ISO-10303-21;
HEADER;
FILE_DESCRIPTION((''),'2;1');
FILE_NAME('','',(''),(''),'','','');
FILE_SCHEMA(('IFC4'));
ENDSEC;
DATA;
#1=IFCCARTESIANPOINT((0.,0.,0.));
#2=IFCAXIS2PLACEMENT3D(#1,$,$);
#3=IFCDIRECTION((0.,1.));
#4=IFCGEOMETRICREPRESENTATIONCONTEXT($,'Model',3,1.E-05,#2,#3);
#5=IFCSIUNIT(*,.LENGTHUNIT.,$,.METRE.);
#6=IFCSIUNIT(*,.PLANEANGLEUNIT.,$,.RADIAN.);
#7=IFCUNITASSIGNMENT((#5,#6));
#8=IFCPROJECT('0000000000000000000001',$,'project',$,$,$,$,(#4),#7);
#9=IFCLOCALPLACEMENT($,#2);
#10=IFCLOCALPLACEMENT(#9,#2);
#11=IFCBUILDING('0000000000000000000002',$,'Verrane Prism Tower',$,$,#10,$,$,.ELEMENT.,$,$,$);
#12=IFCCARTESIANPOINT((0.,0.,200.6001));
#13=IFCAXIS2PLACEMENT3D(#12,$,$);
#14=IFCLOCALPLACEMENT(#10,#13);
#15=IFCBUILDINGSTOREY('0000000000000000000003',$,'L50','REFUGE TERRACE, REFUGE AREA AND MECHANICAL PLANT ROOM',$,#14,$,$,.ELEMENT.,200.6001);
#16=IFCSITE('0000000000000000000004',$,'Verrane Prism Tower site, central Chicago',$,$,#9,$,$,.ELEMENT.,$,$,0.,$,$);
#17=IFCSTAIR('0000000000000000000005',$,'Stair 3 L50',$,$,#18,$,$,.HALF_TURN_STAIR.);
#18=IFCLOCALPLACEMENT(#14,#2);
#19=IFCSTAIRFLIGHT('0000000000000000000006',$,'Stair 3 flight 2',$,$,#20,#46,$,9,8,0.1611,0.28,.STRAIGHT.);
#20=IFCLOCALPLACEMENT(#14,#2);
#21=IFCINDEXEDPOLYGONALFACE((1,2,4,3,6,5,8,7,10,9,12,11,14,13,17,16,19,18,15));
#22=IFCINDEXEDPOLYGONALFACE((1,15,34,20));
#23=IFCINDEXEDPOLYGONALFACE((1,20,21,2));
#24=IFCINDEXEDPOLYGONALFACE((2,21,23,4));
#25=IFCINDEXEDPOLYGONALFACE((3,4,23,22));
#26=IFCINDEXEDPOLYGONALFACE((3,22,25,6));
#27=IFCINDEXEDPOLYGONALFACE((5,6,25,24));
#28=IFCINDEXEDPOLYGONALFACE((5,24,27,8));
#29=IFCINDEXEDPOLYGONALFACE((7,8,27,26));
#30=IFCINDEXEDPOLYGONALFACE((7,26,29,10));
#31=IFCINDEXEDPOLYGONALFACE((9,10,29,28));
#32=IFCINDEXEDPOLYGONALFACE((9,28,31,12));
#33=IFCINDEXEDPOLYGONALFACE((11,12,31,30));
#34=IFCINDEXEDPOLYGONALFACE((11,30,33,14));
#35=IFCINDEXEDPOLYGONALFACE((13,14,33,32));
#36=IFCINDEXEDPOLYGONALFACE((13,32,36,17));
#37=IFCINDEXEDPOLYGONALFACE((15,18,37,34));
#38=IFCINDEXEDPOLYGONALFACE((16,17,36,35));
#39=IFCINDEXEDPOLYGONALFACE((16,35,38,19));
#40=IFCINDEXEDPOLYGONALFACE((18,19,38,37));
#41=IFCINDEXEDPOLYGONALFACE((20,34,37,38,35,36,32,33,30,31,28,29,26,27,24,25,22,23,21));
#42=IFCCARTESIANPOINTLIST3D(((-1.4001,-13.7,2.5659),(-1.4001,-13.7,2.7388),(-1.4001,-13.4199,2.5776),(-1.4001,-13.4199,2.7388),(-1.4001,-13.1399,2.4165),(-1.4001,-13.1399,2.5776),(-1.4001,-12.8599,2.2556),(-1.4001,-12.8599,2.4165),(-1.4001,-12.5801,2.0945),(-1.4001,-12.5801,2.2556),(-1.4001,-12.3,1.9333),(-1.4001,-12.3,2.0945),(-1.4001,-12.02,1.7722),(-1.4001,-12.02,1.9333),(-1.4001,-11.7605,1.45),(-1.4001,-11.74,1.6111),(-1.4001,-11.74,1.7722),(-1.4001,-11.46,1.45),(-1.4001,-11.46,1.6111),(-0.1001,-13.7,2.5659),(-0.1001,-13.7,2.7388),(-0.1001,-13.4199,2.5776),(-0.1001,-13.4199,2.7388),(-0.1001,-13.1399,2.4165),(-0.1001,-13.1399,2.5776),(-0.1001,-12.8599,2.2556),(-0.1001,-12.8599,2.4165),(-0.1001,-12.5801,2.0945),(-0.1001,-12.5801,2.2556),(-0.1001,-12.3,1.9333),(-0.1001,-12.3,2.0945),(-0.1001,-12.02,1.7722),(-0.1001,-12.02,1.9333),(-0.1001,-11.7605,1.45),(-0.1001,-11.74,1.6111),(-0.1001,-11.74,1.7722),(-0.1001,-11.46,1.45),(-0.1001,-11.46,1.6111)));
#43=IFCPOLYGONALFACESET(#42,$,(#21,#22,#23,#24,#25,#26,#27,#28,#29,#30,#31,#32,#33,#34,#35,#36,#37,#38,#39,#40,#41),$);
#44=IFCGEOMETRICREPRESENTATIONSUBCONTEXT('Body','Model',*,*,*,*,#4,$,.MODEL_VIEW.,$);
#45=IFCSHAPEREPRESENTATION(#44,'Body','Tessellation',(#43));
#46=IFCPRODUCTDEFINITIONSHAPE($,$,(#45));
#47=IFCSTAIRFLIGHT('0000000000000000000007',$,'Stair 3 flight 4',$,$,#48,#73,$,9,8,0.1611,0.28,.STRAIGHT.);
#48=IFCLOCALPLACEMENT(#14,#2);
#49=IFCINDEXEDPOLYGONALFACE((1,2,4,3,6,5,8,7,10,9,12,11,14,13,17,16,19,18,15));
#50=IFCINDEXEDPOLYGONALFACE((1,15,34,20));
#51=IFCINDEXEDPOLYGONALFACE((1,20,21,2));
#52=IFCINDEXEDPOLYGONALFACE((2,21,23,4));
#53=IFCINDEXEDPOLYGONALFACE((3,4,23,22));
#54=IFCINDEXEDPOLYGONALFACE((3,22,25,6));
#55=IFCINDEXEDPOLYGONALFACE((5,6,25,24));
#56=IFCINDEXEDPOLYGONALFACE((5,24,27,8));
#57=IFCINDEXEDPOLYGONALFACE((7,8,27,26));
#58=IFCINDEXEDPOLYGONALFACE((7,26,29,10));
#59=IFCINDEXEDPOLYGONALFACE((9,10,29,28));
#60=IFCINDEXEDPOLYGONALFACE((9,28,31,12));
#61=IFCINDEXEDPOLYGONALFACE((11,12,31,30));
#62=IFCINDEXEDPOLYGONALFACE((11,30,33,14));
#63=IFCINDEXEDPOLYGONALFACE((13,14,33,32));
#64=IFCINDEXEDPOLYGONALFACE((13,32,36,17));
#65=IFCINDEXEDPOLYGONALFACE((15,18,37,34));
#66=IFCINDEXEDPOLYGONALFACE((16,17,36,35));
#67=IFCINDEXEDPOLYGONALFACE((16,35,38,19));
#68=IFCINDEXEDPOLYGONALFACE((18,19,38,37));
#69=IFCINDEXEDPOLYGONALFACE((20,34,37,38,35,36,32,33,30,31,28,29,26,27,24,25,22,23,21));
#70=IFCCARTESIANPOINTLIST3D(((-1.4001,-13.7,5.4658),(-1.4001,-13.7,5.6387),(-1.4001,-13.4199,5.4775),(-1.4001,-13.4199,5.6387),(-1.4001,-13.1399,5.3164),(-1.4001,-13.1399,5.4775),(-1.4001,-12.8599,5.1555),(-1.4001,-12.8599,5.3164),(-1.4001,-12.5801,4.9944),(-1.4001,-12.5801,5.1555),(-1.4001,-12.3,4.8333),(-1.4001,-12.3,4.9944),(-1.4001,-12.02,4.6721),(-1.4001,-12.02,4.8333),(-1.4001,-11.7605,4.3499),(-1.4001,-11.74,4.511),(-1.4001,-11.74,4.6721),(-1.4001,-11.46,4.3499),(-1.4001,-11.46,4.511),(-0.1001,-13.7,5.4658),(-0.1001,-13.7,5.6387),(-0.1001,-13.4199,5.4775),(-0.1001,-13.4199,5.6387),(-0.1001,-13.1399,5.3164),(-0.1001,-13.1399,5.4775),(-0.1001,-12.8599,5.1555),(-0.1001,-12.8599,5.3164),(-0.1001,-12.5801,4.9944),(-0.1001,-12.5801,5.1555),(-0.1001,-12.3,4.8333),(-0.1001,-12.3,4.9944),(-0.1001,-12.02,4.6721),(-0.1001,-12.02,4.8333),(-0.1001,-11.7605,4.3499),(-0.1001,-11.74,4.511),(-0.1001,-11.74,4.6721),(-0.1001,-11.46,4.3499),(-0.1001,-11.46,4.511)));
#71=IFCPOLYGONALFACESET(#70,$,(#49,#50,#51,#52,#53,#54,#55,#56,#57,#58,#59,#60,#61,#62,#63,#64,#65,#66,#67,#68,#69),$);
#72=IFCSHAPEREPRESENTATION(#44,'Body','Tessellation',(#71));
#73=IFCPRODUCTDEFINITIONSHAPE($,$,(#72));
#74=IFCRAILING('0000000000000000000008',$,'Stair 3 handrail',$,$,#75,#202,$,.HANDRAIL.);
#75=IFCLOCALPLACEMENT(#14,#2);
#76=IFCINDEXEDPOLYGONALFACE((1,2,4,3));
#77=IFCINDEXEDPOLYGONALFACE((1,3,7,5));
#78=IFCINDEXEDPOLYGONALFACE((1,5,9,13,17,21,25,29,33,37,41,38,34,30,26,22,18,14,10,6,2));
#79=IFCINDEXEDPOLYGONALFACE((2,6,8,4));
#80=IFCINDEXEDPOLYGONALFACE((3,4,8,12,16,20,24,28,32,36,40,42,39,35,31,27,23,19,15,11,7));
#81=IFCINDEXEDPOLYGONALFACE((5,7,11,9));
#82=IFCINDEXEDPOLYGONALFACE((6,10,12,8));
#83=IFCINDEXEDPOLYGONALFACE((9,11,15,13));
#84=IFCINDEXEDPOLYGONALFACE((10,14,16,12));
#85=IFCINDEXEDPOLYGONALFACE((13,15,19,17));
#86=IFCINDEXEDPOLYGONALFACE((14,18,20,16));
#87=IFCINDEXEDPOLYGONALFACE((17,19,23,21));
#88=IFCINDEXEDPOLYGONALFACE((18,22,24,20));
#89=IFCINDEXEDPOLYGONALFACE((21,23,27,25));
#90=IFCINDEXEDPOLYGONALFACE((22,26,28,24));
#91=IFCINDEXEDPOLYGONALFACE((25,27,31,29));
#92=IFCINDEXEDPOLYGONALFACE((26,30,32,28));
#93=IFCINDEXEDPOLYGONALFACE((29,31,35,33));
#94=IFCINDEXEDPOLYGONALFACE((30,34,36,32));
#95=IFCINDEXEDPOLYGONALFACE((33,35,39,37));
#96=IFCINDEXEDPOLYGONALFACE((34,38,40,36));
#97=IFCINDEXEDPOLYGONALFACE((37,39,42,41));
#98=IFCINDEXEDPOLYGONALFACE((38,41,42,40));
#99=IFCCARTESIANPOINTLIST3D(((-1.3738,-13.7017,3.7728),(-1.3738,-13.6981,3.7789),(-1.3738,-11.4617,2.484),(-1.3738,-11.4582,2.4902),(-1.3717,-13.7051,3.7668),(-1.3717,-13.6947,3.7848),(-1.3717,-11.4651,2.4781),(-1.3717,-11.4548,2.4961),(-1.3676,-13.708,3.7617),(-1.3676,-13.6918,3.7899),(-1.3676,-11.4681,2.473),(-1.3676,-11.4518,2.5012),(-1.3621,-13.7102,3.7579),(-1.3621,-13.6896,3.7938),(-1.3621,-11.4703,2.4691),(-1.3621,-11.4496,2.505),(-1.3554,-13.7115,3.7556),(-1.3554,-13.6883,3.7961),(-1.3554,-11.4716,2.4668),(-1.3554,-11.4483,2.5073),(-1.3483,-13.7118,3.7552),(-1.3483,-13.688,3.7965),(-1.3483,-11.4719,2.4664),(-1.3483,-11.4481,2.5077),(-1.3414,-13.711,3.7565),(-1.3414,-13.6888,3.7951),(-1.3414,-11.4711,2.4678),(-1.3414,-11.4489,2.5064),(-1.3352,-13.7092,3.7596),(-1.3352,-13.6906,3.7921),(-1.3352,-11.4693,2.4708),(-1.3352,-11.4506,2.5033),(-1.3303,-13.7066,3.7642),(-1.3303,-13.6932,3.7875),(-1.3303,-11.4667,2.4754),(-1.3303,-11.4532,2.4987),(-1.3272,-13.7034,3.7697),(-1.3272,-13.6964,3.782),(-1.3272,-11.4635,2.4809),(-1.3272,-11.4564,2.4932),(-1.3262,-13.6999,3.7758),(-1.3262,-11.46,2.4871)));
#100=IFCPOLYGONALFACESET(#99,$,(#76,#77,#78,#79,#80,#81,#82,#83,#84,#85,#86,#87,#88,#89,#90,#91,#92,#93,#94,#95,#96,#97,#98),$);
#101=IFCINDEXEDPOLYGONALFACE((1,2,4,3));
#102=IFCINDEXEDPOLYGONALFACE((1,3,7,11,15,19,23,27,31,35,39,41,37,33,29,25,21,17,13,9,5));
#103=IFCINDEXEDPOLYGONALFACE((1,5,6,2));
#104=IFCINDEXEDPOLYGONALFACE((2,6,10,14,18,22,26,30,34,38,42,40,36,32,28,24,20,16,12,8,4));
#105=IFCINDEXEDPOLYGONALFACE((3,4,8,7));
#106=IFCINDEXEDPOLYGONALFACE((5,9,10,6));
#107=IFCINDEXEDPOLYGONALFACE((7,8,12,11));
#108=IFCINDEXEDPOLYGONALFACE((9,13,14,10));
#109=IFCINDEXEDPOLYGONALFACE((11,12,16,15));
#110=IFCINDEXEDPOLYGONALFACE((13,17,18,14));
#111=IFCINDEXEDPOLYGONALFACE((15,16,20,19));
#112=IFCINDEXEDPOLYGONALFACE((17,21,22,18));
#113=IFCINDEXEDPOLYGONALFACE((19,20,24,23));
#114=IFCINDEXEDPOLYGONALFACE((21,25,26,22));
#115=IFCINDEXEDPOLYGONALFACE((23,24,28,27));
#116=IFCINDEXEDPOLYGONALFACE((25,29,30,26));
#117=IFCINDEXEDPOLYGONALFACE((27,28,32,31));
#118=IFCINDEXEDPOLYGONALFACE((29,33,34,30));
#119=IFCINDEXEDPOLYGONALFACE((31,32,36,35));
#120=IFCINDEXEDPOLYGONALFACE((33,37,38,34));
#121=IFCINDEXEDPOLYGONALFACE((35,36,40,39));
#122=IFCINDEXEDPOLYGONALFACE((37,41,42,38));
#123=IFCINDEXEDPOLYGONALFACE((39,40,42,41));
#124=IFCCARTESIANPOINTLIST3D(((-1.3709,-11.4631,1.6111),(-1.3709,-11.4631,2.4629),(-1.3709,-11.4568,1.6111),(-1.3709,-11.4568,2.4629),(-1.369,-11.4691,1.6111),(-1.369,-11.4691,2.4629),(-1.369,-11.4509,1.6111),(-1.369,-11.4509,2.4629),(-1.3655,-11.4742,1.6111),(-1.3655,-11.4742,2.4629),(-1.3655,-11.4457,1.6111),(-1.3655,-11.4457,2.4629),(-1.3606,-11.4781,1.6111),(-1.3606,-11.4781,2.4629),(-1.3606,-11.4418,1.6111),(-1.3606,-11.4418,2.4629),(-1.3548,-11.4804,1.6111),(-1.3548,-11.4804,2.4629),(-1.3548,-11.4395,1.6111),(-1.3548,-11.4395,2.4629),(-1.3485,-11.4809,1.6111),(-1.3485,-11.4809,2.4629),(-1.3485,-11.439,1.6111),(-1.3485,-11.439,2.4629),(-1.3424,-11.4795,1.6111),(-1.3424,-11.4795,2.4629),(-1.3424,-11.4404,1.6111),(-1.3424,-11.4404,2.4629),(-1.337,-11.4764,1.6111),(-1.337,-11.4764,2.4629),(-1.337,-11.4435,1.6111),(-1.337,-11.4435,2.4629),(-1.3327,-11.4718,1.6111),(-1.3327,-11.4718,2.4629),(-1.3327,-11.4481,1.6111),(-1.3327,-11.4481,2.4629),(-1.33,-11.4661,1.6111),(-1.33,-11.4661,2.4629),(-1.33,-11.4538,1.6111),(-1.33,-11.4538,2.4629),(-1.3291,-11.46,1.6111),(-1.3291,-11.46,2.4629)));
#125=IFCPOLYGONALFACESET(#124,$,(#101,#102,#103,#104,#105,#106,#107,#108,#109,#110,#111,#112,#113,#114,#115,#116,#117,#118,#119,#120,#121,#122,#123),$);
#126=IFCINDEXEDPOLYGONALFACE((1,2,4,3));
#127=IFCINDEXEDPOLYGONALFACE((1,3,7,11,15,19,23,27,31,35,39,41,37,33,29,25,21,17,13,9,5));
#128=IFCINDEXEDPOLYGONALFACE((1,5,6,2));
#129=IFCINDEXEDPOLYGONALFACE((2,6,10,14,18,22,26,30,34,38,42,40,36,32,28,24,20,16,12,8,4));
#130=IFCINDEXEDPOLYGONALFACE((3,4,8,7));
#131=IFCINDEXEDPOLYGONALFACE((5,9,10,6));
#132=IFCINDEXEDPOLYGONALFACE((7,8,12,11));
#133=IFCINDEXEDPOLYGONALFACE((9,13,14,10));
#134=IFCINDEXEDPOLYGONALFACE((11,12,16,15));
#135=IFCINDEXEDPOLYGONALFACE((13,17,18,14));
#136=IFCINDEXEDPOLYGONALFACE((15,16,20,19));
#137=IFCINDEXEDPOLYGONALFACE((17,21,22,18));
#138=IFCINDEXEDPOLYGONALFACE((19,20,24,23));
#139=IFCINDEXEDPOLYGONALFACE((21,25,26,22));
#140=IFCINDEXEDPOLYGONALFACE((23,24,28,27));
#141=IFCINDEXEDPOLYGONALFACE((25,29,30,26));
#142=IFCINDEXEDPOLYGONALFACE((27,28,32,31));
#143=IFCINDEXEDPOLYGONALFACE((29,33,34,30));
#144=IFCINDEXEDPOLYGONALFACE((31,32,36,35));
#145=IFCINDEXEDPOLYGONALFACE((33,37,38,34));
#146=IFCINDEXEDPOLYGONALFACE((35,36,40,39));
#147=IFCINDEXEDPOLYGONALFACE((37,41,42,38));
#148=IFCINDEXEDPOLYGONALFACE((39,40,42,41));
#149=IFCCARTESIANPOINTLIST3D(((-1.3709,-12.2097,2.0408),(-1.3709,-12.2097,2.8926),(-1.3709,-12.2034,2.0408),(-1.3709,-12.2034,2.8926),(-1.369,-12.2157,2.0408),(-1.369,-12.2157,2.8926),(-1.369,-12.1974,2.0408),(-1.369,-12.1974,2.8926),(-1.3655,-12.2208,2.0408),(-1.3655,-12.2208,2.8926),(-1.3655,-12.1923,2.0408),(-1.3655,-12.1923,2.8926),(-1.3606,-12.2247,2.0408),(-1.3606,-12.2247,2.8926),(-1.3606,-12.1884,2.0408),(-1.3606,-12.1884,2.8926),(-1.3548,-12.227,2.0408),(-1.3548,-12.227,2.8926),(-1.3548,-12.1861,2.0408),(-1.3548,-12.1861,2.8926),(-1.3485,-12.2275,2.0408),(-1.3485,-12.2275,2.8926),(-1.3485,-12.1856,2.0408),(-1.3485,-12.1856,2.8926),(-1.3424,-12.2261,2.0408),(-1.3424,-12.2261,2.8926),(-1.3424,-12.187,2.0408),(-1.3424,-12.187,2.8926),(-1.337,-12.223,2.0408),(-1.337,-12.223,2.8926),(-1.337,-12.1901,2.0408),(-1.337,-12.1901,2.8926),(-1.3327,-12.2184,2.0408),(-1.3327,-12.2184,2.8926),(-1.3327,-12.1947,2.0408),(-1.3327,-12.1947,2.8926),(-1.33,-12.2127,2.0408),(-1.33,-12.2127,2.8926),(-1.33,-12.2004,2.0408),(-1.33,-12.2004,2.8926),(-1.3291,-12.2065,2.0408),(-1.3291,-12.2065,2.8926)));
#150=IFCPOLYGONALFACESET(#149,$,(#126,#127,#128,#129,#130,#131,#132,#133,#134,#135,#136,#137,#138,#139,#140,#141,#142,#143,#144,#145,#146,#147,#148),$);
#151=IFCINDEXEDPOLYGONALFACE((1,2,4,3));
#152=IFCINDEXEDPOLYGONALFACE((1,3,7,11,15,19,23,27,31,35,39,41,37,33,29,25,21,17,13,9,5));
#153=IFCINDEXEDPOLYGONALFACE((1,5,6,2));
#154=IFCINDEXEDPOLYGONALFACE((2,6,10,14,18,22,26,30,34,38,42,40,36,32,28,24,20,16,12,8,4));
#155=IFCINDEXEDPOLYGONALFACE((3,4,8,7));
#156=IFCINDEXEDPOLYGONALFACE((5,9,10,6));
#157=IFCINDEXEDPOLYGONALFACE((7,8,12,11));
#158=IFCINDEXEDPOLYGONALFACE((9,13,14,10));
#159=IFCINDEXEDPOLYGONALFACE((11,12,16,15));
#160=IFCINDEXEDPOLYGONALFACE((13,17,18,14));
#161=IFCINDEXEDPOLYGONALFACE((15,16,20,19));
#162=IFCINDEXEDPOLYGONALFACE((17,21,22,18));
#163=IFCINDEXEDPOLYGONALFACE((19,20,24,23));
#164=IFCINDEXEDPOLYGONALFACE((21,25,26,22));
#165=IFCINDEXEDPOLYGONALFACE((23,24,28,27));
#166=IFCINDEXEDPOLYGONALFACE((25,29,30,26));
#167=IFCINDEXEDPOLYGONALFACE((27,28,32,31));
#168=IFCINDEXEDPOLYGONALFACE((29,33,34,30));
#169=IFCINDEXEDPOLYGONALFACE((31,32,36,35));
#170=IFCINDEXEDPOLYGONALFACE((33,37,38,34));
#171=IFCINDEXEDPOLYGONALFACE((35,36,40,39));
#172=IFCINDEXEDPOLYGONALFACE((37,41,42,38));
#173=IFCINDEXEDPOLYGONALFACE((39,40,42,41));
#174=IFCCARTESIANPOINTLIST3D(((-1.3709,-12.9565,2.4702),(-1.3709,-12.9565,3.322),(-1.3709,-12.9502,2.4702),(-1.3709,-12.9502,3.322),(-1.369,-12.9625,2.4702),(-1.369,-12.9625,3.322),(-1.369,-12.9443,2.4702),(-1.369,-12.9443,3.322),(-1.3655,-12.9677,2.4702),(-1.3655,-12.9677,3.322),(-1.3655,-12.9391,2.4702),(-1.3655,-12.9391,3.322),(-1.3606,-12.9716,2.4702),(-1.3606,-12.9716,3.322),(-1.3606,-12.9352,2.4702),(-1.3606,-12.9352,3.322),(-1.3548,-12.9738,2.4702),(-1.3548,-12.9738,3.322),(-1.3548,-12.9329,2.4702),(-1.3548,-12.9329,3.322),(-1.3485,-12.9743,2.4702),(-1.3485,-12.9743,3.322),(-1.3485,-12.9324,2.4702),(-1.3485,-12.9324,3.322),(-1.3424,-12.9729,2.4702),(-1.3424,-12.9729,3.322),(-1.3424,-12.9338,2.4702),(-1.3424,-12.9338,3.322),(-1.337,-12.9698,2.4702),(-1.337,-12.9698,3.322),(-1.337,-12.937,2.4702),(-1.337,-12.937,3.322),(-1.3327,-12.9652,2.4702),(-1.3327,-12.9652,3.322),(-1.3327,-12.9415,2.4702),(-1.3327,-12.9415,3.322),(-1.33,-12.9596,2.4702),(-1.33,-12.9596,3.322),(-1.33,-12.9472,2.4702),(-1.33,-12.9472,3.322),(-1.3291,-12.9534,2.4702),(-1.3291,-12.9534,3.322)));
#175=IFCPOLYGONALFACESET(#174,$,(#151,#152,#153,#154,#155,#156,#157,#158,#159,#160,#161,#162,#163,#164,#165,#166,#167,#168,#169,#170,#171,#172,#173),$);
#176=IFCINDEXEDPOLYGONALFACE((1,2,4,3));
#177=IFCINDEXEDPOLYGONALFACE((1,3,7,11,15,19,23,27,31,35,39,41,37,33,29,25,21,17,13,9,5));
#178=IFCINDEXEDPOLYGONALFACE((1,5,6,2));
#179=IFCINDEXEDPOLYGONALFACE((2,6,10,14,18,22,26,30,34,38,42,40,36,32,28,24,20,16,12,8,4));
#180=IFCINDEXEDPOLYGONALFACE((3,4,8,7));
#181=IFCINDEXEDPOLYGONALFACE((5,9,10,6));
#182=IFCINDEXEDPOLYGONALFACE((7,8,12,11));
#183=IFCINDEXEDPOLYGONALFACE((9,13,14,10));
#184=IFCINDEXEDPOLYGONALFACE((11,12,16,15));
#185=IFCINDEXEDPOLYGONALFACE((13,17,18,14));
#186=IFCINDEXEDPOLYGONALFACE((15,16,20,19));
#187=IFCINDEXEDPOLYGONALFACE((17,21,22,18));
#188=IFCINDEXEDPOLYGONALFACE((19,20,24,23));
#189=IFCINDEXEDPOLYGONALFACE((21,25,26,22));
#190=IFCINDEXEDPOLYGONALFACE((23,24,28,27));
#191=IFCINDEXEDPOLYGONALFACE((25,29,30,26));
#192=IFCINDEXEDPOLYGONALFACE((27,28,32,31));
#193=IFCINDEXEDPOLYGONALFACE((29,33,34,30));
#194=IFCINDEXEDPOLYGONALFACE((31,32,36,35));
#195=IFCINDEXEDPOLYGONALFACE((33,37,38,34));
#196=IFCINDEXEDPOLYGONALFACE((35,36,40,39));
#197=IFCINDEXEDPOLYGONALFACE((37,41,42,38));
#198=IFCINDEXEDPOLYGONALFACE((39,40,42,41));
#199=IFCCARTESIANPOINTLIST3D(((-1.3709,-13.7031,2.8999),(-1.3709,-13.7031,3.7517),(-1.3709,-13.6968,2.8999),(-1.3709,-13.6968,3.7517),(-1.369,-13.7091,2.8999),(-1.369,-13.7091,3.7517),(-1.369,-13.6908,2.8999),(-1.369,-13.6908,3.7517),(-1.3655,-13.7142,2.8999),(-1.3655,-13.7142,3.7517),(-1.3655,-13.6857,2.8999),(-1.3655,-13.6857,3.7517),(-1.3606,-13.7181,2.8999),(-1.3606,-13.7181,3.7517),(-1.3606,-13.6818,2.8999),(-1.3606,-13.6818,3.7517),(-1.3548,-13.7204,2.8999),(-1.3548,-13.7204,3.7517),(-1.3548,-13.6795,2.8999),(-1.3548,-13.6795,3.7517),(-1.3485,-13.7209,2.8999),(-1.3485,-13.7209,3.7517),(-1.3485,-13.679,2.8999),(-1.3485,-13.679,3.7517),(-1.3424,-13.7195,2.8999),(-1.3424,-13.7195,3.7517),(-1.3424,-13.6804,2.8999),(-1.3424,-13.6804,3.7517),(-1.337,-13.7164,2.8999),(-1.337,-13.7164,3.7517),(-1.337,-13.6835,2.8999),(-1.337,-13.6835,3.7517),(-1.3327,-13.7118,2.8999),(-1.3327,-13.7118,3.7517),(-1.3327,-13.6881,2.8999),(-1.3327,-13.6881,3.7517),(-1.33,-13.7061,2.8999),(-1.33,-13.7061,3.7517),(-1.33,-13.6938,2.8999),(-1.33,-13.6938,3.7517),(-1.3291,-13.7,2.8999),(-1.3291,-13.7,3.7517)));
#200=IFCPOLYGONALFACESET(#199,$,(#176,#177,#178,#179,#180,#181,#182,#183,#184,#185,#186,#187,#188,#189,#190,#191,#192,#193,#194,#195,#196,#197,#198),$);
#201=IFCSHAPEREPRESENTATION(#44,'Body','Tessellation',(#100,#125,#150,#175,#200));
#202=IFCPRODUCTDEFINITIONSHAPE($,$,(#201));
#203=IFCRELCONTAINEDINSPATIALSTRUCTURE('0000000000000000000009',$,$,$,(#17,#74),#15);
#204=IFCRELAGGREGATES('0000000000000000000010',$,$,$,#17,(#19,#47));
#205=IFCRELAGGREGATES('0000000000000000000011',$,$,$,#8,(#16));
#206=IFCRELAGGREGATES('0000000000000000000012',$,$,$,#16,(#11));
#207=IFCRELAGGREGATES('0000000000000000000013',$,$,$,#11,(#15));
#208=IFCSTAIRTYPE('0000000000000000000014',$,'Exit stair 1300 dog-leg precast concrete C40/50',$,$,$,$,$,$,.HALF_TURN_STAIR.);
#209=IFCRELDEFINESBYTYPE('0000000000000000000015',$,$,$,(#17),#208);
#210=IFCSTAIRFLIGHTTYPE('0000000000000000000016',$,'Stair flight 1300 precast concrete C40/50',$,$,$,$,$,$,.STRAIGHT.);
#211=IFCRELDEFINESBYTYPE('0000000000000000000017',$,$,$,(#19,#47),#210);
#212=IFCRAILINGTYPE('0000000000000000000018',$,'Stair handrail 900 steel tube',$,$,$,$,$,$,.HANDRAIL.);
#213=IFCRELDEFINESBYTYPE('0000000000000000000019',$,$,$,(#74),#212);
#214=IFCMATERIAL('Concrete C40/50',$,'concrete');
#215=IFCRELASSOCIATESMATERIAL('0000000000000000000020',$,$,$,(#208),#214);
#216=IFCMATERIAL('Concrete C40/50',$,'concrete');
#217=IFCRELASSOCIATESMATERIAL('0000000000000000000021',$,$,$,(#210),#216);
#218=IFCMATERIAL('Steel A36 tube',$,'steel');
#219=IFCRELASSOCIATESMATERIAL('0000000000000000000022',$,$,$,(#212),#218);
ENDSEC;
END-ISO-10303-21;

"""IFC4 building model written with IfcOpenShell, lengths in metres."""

from ifc_helpers import new_model, si_unit, direction, frame, origin, origin_2d, place, context, subcontext, project, spatial, polyline, circle, outline, extrude, material, type_object, element, aggregate, save


model = new_model("IFC4")

# Units and contexts
model_context = context("Model", 3, precision=1e-05, world=origin(), true_north=direction((0.0, 1.0)))
body_context = subcontext(model_context, "Body", "Model", "MODEL_VIEW")
ifc_project = project(units=[si_unit("LENGTHUNIT", "METRE"), si_unit("PLANEANGLEUNIT", "RADIAN")], contexts=[model_context])

# Site, building, storey
site_placement = place(None, origin())
site = spatial("IfcSite", under=ifc_project, at=site_placement, Name="Verrane Prism Tower site, central Chicago", CompositionType="ELEMENT", RefElevation=0.0)
building_placement = place(site_placement, origin())
building = spatial("IfcBuilding", under=site, at=building_placement, Name="Verrane Prism Tower", CompositionType="ELEMENT")
storey_placement = place(building_placement, frame((0.0, 0.0, 200.6001)))
storey = spatial("IfcBuildingStorey", under=building, at=storey_placement, Name="L50", Description="REFUGE TERRACE, REFUGE AREA AND MECHANICAL PLANT ROOM", CompositionType="ELEMENT", Elevation=200.6001)

# Stair, stair flights
ifc_material_1 = material(Name="Concrete C40/50", Category="concrete")
stair_type = type_object("IfcStairType", Name="Exit stair 1300 dog-leg precast concrete C40/50", PredefinedType="HALF_TURN_STAIR", material=ifc_material_1)
stair_placement = place(storey_placement, origin())
stair = element("IfcStair", 1, at=stair_placement, inside=storey, type_object=stair_type, Name="Stair 3 L50", PredefinedType="HALF_TURN_STAIR")
ifc_material_2 = material(Name="Concrete C40/50", Category="concrete")
stair_flight_type = type_object("IfcStairFlightType", Name="Stair flight 1300 precast concrete C40/50", PredefinedType="STRAIGHT", material=ifc_material_2)
stair_flight_1_placement = place(storey_placement, frame((-0.75, -11.46, 1.45), z_axis=(0.0, 0.0, 1.0), x_axis=(0.0, -1.0, 0.0)))
stair_flight_1 = element("IfcStairFlight", 2, at=stair_flight_1_placement, type_object=stair_flight_type, Name="Stair 3 flight 2", NumberOfRisers=9, NumberOfTreads=8, PredefinedType="STRAIGHT", RiserHeight=0.1611, TreadLength=0.28, context=body_context, shape_type="SweptSolid", body=[
    extrude(outline(polyline([(0.0, 0.0), (0.0, 0.1611), (0.28, 0.1611), (0.28, 0.3223), (0.5601, 0.3223), (0.5601, 0.4834), (0.8401, 0.4834), (0.8401, 0.6445), (1.1201, 0.6445), (1.1201, 0.8057), (1.3999, 0.8057), (1.3999, 0.9666), (1.6799, 0.9666), (1.6799, 1.1277), (1.96, 1.1277), (1.96, 1.2888), (2.24, 1.2888), (2.24, 1.45), (2.24, 1.116), (0.3005, 0.0), (0.0, 0.0)])), frame((0.0, 0.6499, 0.0), z_axis=(0.0, -1.0, 0.0), x_axis=(1.0, 0.0, 0.0)), (0.0, 0.0, 1.0), 1.3),
])
stair_flight_2_placement = place(storey_placement, frame((-0.75, -11.46, 4.3499), z_axis=(0.0, 0.0, 1.0), x_axis=(0.0, -1.0, 0.0)))
stair_flight_2 = element("IfcStairFlight", 3, at=stair_flight_2_placement, type_object=stair_flight_type, Name="Stair 3 flight 4", NumberOfRisers=9, NumberOfTreads=8, PredefinedType="STRAIGHT", RiserHeight=0.1611, TreadLength=0.28, context=body_context, shape_type="SweptSolid", body=[
    extrude(outline(polyline([(0.0, 0.0), (0.0, 0.1611), (0.28, 0.1611), (0.28, 0.3223), (0.5601, 0.3223), (0.5601, 0.4834), (0.8401, 0.4834), (0.8401, 0.6445), (1.1201, 0.6445), (1.1201, 0.8057), (1.3999, 0.8057), (1.3999, 0.9666), (1.6799, 0.9666), (1.6799, 1.1277), (1.96, 1.1277), (1.96, 1.2888), (2.24, 1.2888), (2.24, 1.45), (2.24, 1.116), (0.3005, 0.0), (0.0, 0.0)])), frame((0.0, 0.6499, 0.0), z_axis=(0.0, -1.0, 0.0), x_axis=(1.0, 0.0, 0.0)), (0.0, 0.0, 1.0), 1.3),
])
aggregate(stair, [stair_flight_1, stair_flight_2])

# Railing
ifc_material_3 = material(Name="Steel A36 tube", Category="steel")
railing_type = type_object("IfcRailingType", Name="Stair handrail 900 steel tube", PredefinedType="HANDRAIL", material=ifc_material_3)
for number, where, name in (
    (4, (-1.3501, -11.46, 1.6111), "Stair 3 handrail"),
):
    element("IfcRailing", number, at=place(storey_placement, frame(where)), inside=storey, type_object=railing_type, Name=name, PredefinedType="HANDRAIL", context=body_context, shape_type="SweptSolid", body=[
        extrude(circle(Radius=0.0239, at=origin_2d()), frame((0.0, 0.0, 0.876), z_axis=(0.0, -0.866768, 0.498711), x_axis=(1.0, 0.0, 0.0)), (0.0, 0.0, 1.0), 2.5842),
        extrude(circle(Radius=0.021, at=origin_2d()), origin(), (0.0, 0.0, 1.0), 0.8518),
        extrude(circle(Radius=0.021, at=origin_2d()), frame((0.0, -0.7466, 0.4297)), (0.0, 0.0, 1.0), 0.8518),
        extrude(circle(Radius=0.021, at=origin_2d()), frame((0.0, -1.4934, 0.8591)), (0.0, 0.0, 1.0), 0.8518),
        extrude(circle(Radius=0.021, at=origin_2d()), frame((0.0, -2.24, 1.2888)), (0.0, 0.0, 1.0), 0.8518),
    ])

save(model, "model.ifc")
